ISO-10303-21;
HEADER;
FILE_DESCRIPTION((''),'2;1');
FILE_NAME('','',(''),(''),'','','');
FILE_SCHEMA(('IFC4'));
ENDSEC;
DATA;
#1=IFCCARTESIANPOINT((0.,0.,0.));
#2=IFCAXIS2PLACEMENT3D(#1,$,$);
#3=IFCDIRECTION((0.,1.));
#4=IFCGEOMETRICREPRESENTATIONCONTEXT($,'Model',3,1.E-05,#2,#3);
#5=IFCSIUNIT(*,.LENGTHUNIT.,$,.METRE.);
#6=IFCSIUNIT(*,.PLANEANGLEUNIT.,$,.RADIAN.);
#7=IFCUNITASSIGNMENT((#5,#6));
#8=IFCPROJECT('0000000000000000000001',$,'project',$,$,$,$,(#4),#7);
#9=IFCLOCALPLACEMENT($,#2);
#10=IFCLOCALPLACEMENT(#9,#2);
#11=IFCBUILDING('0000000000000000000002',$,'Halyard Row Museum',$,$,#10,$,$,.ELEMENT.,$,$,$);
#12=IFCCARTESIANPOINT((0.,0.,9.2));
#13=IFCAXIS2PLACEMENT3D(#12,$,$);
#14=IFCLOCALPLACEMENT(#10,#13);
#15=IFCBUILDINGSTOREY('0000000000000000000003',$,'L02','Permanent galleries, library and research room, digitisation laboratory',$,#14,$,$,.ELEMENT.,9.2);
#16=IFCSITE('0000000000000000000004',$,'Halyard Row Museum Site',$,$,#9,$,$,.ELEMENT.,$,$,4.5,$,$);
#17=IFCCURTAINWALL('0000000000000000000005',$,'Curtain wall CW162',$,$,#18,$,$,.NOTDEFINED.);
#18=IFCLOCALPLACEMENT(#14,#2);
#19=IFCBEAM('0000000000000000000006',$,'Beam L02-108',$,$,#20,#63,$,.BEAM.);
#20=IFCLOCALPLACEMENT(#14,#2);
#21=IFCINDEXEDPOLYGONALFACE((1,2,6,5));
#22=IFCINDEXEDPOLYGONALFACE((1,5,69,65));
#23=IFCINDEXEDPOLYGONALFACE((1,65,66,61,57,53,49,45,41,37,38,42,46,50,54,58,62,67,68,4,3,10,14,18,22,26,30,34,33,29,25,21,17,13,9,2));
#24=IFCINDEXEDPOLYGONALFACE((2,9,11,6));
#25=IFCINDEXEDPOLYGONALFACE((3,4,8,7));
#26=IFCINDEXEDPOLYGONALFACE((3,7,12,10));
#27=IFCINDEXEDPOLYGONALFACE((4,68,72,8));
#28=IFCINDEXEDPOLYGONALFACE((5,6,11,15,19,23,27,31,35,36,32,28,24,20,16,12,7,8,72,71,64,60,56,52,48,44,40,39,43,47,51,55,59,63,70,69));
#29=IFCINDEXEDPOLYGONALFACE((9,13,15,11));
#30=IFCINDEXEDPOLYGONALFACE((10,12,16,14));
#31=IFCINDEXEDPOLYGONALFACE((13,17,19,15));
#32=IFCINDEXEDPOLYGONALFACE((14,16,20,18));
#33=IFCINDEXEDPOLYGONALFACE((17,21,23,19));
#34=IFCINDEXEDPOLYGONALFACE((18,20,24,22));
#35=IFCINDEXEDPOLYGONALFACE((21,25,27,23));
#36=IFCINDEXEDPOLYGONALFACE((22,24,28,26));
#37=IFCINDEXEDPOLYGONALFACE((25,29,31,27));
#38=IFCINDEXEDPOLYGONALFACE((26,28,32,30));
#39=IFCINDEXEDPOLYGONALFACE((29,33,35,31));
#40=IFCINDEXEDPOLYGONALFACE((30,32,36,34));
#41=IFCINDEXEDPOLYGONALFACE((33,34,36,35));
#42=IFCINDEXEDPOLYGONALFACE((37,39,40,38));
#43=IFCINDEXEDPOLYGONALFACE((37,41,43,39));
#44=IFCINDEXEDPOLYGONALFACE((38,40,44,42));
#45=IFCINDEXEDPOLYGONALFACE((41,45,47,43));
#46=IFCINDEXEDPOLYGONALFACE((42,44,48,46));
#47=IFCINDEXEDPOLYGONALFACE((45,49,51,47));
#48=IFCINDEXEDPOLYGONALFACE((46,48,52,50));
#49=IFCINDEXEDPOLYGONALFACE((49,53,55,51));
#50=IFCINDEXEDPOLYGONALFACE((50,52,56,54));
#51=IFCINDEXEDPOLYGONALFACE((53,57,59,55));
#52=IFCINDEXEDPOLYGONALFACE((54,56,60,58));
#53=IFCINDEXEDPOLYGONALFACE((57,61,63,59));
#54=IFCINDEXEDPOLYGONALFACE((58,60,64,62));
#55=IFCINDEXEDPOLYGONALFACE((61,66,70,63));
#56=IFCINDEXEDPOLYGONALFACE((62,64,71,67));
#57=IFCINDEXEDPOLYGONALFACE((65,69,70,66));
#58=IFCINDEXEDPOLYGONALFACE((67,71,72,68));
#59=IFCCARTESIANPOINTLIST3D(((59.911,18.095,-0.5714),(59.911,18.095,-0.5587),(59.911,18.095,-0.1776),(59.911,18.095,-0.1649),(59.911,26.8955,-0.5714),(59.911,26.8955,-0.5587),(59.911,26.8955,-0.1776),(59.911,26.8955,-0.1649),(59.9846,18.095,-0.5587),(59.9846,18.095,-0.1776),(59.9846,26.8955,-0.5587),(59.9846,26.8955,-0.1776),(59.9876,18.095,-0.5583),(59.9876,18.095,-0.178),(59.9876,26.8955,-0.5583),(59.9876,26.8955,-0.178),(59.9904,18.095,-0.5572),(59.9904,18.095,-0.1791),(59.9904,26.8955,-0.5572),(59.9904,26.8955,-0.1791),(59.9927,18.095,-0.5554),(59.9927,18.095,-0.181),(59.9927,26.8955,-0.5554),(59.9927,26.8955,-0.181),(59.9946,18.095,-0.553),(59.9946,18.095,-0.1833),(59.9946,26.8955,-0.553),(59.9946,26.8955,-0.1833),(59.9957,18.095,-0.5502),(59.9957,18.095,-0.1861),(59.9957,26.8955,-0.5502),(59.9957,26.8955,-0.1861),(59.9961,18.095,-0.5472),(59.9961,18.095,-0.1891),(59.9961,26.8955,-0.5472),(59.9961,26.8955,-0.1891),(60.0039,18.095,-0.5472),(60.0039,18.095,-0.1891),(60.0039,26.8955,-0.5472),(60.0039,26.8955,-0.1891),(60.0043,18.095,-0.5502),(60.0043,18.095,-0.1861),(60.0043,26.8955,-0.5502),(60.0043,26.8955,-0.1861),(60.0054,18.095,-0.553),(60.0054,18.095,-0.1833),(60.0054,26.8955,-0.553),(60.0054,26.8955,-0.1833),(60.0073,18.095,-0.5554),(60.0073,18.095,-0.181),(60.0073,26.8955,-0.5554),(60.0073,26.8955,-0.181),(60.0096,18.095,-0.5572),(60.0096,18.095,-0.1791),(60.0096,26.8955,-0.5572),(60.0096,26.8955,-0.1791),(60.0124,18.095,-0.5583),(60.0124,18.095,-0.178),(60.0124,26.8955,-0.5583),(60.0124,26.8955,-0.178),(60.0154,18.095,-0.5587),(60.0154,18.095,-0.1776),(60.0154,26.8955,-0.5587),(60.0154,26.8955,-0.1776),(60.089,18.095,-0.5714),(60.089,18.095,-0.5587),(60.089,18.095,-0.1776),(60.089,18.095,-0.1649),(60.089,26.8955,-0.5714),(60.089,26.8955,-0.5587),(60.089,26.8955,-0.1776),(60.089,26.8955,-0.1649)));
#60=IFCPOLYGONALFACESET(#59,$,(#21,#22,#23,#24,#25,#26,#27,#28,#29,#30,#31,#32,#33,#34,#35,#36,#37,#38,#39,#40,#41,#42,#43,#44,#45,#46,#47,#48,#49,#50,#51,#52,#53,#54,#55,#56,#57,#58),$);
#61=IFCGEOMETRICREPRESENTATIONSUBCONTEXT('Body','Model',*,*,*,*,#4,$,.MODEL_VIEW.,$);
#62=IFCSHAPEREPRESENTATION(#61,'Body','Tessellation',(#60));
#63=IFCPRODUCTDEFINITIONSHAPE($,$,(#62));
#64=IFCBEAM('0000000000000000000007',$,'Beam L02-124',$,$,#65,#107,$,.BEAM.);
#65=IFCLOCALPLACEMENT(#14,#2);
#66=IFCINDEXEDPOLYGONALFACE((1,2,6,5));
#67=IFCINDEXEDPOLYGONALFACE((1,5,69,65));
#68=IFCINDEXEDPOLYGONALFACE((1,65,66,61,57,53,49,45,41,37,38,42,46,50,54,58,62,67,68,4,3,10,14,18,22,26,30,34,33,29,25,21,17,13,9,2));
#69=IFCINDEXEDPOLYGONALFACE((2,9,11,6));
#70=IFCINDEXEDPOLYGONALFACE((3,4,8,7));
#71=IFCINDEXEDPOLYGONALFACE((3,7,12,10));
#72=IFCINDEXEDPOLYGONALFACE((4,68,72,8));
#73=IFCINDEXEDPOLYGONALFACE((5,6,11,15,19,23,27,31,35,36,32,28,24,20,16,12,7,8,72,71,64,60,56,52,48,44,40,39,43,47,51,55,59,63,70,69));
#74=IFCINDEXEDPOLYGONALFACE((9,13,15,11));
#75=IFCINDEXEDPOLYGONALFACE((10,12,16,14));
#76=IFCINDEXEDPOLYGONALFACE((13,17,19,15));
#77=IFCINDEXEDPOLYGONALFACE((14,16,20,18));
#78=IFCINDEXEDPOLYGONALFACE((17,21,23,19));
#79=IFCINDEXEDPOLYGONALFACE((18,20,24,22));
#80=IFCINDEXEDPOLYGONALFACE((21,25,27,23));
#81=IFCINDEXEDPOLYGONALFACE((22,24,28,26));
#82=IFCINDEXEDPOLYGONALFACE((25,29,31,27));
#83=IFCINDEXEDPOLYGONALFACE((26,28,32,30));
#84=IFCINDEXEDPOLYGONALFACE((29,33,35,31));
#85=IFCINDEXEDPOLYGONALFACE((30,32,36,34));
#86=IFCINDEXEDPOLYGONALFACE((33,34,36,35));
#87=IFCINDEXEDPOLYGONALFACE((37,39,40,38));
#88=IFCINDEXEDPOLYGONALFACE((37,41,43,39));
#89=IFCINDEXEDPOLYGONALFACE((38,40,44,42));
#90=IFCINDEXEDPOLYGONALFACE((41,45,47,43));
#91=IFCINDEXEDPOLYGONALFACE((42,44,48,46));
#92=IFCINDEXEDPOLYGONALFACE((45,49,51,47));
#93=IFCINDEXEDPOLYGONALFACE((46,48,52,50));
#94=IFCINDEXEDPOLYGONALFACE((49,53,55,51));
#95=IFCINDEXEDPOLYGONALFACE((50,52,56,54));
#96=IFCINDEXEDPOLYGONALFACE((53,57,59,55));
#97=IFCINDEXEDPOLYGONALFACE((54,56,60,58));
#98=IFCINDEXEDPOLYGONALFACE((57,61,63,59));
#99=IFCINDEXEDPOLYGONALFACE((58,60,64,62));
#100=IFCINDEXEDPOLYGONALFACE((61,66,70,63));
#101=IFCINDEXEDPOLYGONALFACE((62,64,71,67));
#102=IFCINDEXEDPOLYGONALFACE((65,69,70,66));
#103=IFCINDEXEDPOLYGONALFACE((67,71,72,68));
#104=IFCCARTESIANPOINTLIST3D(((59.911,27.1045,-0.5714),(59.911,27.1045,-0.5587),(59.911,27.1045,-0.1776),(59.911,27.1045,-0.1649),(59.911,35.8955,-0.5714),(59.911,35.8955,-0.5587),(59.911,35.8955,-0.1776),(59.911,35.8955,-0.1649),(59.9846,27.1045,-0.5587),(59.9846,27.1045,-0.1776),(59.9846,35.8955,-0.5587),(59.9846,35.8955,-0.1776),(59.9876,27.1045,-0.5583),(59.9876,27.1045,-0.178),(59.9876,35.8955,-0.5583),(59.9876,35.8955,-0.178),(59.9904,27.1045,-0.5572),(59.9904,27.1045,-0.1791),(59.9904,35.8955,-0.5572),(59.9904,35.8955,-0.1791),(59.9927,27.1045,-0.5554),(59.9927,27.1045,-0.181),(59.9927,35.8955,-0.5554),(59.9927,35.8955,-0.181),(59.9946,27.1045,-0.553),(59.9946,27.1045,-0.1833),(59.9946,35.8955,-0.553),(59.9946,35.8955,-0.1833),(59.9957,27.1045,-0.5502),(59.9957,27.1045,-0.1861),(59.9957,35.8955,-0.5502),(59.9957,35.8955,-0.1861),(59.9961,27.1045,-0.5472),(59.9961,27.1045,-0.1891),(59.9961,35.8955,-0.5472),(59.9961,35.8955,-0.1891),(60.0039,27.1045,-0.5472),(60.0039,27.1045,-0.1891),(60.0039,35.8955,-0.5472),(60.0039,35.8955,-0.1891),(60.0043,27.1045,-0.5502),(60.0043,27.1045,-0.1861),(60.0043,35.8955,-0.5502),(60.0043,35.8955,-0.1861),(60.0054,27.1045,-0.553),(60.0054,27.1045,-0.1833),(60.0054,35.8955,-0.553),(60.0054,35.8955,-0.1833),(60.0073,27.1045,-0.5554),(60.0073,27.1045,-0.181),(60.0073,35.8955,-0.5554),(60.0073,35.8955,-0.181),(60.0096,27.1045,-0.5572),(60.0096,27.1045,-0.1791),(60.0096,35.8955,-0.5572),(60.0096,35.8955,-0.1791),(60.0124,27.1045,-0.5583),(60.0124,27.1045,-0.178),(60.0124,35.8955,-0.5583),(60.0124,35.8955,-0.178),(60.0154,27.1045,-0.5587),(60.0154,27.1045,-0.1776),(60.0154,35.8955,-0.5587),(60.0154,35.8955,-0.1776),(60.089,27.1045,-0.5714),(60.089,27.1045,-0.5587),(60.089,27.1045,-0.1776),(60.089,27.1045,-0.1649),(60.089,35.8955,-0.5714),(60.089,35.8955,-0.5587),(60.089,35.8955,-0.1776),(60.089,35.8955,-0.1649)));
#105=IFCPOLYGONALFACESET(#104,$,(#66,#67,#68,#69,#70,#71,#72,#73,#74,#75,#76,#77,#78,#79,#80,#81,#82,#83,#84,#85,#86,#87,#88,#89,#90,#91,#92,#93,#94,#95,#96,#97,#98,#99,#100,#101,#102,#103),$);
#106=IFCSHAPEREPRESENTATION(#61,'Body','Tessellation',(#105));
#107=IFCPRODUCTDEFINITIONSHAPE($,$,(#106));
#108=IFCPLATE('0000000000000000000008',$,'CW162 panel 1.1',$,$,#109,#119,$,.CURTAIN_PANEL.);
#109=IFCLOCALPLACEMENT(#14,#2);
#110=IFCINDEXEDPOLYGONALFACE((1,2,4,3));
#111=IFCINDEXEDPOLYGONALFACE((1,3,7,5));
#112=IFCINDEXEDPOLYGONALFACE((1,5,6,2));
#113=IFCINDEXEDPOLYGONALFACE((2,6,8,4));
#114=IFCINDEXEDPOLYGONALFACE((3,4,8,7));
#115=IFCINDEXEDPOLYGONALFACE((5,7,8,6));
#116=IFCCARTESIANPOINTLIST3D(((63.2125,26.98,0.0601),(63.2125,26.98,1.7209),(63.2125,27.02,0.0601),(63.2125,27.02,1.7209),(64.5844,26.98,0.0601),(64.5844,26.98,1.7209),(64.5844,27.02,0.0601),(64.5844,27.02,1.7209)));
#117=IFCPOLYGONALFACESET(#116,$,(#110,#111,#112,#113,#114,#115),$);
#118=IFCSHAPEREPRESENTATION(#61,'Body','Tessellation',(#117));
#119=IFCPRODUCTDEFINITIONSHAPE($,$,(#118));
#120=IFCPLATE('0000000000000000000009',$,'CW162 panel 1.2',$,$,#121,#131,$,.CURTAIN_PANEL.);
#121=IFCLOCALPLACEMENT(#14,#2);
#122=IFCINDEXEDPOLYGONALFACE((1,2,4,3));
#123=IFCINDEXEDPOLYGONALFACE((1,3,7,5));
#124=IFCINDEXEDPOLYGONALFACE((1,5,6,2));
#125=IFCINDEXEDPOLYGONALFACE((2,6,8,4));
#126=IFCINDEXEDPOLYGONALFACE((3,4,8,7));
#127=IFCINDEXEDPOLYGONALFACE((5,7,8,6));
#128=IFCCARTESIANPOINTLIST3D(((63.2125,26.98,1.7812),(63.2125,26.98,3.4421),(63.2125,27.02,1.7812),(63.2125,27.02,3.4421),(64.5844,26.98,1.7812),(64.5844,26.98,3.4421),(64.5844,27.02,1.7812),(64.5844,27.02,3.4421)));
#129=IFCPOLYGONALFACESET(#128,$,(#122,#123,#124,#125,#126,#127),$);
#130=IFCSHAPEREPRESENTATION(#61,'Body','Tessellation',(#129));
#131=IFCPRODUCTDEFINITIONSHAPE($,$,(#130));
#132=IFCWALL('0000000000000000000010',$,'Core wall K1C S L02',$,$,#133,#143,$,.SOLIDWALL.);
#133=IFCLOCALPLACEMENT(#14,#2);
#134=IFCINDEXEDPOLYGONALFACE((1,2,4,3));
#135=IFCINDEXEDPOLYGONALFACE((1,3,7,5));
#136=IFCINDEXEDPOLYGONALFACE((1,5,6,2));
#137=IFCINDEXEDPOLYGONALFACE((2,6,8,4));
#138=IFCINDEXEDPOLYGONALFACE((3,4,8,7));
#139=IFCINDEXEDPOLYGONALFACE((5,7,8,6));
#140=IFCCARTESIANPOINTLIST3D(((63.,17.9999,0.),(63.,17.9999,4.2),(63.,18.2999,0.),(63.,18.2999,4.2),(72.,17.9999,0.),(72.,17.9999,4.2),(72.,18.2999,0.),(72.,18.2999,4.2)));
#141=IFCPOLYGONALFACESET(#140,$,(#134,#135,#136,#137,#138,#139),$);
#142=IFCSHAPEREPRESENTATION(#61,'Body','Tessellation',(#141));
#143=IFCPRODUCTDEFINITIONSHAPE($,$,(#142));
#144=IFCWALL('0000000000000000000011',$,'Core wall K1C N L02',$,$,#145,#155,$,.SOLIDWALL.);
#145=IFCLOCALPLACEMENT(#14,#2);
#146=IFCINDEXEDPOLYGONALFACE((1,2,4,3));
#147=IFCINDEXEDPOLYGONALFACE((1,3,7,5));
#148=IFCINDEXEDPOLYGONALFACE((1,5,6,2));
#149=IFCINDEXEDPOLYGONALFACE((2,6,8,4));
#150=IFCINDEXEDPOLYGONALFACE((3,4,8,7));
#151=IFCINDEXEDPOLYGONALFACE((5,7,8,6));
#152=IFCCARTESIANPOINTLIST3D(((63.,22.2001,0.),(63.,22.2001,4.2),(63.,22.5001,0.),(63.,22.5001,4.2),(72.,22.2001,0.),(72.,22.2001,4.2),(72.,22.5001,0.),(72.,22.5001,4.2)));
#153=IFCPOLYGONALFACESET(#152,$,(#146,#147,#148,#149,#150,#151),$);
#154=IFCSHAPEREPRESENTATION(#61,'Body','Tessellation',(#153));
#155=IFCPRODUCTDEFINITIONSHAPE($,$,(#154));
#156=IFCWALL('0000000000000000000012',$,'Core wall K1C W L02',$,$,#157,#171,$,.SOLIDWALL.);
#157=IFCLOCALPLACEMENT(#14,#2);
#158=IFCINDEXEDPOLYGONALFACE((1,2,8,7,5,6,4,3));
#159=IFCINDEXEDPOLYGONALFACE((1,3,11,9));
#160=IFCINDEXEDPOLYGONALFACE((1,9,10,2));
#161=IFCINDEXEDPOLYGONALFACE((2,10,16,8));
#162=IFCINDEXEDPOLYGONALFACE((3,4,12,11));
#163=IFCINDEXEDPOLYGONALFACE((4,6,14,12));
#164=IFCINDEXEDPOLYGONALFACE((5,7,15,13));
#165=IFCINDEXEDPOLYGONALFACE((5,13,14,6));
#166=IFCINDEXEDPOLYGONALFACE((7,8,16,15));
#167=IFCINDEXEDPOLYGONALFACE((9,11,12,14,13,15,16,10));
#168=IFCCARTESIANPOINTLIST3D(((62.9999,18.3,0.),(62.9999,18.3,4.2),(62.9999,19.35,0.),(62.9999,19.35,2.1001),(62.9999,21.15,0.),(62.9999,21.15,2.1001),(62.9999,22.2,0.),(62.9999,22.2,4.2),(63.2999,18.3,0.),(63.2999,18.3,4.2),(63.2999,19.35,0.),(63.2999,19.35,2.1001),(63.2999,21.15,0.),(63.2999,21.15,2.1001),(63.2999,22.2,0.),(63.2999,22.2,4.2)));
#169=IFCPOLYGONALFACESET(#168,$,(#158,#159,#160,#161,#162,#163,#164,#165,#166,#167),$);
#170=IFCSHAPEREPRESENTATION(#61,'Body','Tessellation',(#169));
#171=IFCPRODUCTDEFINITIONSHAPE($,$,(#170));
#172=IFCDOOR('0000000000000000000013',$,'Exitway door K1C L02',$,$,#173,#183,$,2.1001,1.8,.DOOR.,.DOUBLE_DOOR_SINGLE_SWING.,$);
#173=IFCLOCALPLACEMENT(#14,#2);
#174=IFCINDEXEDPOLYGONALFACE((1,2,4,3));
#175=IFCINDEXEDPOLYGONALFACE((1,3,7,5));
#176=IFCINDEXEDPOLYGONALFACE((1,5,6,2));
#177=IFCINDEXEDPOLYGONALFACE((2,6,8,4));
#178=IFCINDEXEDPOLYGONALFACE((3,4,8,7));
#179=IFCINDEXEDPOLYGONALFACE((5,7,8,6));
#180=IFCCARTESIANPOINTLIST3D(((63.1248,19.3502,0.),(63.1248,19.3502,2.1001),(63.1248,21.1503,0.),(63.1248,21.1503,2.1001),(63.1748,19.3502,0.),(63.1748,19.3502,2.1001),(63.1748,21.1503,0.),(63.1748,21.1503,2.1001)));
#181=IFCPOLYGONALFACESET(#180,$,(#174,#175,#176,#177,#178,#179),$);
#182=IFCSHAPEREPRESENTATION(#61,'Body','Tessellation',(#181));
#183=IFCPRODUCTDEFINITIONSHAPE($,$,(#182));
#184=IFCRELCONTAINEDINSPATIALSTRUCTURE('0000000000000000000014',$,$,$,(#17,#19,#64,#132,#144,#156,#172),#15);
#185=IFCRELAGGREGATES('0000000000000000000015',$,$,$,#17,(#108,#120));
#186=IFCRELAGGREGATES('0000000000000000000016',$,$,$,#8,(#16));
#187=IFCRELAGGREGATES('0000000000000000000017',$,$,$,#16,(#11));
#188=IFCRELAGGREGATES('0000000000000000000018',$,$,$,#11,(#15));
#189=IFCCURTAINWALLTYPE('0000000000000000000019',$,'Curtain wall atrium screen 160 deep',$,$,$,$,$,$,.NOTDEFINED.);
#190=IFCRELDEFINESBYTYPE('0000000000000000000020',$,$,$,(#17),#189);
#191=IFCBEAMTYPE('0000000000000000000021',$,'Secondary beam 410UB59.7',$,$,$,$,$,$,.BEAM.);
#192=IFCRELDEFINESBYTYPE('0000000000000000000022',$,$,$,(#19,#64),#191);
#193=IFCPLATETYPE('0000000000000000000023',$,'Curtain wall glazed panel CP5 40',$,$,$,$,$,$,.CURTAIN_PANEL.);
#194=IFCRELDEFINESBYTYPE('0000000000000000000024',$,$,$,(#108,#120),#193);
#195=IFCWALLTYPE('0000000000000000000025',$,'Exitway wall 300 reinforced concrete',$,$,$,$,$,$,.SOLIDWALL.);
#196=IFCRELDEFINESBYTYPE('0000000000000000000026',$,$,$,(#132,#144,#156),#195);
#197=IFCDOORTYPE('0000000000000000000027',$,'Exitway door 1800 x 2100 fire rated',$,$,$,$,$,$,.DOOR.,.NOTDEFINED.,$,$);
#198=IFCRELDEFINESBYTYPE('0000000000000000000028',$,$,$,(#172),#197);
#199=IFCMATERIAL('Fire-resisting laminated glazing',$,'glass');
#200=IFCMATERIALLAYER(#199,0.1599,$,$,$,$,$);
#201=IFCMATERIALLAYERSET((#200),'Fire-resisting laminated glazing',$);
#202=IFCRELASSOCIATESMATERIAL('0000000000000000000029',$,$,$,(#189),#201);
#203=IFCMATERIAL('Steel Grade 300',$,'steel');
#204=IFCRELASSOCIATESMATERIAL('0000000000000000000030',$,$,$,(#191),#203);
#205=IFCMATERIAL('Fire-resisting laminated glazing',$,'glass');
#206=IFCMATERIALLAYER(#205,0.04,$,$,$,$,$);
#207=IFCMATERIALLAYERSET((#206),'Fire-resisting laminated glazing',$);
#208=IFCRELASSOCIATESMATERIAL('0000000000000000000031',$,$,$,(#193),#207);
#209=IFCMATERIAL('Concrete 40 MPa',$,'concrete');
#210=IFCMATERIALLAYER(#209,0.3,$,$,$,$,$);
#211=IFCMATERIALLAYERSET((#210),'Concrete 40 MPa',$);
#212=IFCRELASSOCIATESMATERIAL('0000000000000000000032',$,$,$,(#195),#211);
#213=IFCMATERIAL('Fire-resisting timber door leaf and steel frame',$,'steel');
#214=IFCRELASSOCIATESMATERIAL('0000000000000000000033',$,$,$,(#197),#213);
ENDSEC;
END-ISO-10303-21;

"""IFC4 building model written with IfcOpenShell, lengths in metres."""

from ifc_helpers import new_model, si_unit, direction, frame, frame_2d, origin, origin_2d, place, context, subcontext, project, spatial, rectangle, i_section, extrude, material, layer, layer_set, material_profile, profile_set, type_object, element, fill, aggregate, save


model = new_model("IFC4")

# Units and contexts
model_context = context("Model", 3, precision=1e-05, world=origin(), true_north=direction((0.0, 1.0)))
body_context = subcontext(model_context, "Body", "Model", "MODEL_VIEW")
ifc_project = project(units=[si_unit("LENGTHUNIT", "METRE"), si_unit("PLANEANGLEUNIT", "RADIAN")], contexts=[model_context])

# Site, building, storey
site_placement = place(None, origin())
site = spatial("IfcSite", under=ifc_project, at=site_placement, Name="Halyard Row Museum Site", CompositionType="ELEMENT", RefElevation=4.5)
building_placement = place(site_placement, origin())
building = spatial("IfcBuilding", under=site, at=building_placement, Name="Halyard Row Museum", CompositionType="ELEMENT")
storey_placement = place(building_placement, frame((0.0, 0.0, 9.2)))
storey = spatial("IfcBuildingStorey", under=building, at=storey_placement, Name="L02", Description="Permanent galleries, library and research room, digitisation laboratory", CompositionType="ELEMENT", Elevation=9.2)

# Curtain wall
ifc_material_1 = material(Name="Fire-resisting laminated glazing", Category="glass")
ifc_layer_1 = layer(ifc_material_1, 0.1599)
ifc_layer_set_1 = layer_set([ifc_layer_1], Name="Fire-resisting laminated glazing")
curtain_wall_type = type_object("IfcCurtainWallType", Name="Curtain wall atrium screen 160 deep", PredefinedType="NOTDEFINED", material=ifc_layer_set_1)
curtain_wall_1_placement = place(storey_placement, origin())
curtain_wall_1 = element("IfcCurtainWall", 1, at=curtain_wall_1_placement, inside=storey, type_object=curtain_wall_type, Name="Curtain wall CW162", PredefinedType="NOTDEFINED")

# Beams
ifc_material_2 = material(Name="Steel Grade 300", Category="steel")
ifc_material_profile_1 = material_profile(ifc_material_2, i_section(OverallWidth=0.178, OverallDepth=0.4065, WebThickness=0.0078, FlangeThickness=0.0127, FilletRadius=0.0115, at=origin_2d()), Name="410UB59.7")
ifc_profile_set_1 = profile_set([ifc_material_profile_1], Name="Steel Grade 300")
beam_type_1 = type_object("IfcBeamType", Name="Secondary beam 410UB59.7", PredefinedType="BEAM", material=ifc_profile_set_1)
beam_1_placement = place(storey_placement, frame((60.0, 18.095, -0.3682), z_axis=(0.0, 1.0, 0.0), x_axis=(-1.0, 0.0, 0.0)))
element("IfcBeam", 2, at=beam_1_placement, inside=storey, type_object=beam_type_1, Name="Beam L02-108", PredefinedType="BEAM", context=body_context, shape_type="SweptSolid", body=[
    extrude(i_section(OverallWidth=0.178, OverallDepth=0.4065, WebThickness=0.0078, FlangeThickness=0.0127, FilletRadius=0.0115, at=origin_2d()), origin(), (0.0, 0.0, 1.0), 8.8005),
])
beam_2_placement = place(storey_placement, frame((60.0, 27.1045, -0.3682), z_axis=(0.0, 1.0, 0.0), x_axis=(-1.0, 0.0, 0.0)))
element("IfcBeam", 3, at=beam_2_placement, inside=storey, type_object=beam_type_1, Name="Beam L02-124", PredefinedType="BEAM", context=body_context, shape_type="SweptSolid", body=[
    extrude(i_section(OverallWidth=0.178, OverallDepth=0.4065, WebThickness=0.0078, FlangeThickness=0.0127, FilletRadius=0.0115, at=origin_2d()), origin(), (0.0, 0.0, 1.0), 8.791),
])

# Plates
ifc_material_3 = material(Name="Fire-resisting laminated glazing", Category="glass")
ifc_layer_2 = layer(ifc_material_3, 0.04)
ifc_layer_set_2 = layer_set([ifc_layer_2], Name="Fire-resisting laminated glazing")
plate_type = type_object("IfcPlateType", Name="Curtain wall glazed panel CP5 40", PredefinedType="CURTAIN_PANEL", material=ifc_layer_set_2)
plate_1_placement = place(storey_placement, frame((63.8984, 27.0, 0.0601), z_axis=(0.0, 0.0, 1.0), x_axis=(1.0, 0.0, 0.0)))
plate_1 = element("IfcPlate", 4, at=plate_1_placement, type_object=plate_type, Name="CW162 panel 1.1", PredefinedType="CURTAIN_PANEL", context=body_context, shape_type="SweptSolid", body=[
    extrude(rectangle(XDim=1.3718, YDim=0.04, at=origin_2d()), origin(), (0.0, 0.0, 1.0), 1.6609),
])
plate_2_placement = place(storey_placement, frame((63.8984, 27.0, 1.7812), z_axis=(0.0, 0.0, 1.0), x_axis=(1.0, 0.0, 0.0)))
plate_2 = element("IfcPlate", 5, at=plate_2_placement, type_object=plate_type, Name="CW162 panel 1.2", PredefinedType="CURTAIN_PANEL", context=body_context, shape_type="SweptSolid", body=[
    extrude(rectangle(XDim=1.3718, YDim=0.04, at=origin_2d()), origin(), (0.0, 0.0, 1.0), 1.6609),
])
aggregate(curtain_wall_1, [plate_1, plate_2])

# Walls
ifc_material_4 = material(Name="Concrete 40 MPa", Category="concrete")
ifc_layer_3 = layer(ifc_material_4, 0.3)
ifc_layer_set_3 = layer_set([ifc_layer_3], Name="Concrete 40 MPa")
wall_type = type_object("IfcWallType", Name="Exitway wall 300 reinforced concrete", PredefinedType="SOLIDWALL", material=ifc_layer_set_3)
for number, where, z_axis, x_axis, name in (
    (6, (63.0, 18.1499, 0.0), (0.0, 0.0, 1.0), (1.0, 0.0, 0.0), "Core wall K1C S L02"),
    (7, (63.0, 22.3501, 0.0), (0.0, 0.0, 1.0), (1.0, 0.0, 0.0), "Core wall K1C N L02"),
):
    element("IfcWall", number, at=place(storey_placement, frame(where, z_axis=z_axis, x_axis=x_axis)), inside=storey, type_object=wall_type, Name=name, PredefinedType="SOLIDWALL", context=body_context, shape_type="SweptSolid", body=[
        extrude(rectangle(XDim=9.0, YDim=0.3, at=frame_2d((4.5, 0.0))), origin(), (0.0, 0.0, 1.0), 4.2),
    ])

# Wall, opening, door
wall_placement = place(storey_placement, frame((63.1499, 18.3, 0.0), z_axis=(0.0, 0.0, 1.0), x_axis=(0.0, 1.0, 0.0)))
wall = element("IfcWall", 8, at=wall_placement, inside=storey, type_object=wall_type, Name="Core wall K1C W L02", PredefinedType="SOLIDWALL", context=body_context, shape_type="SweptSolid", body=[
    extrude(rectangle(XDim=3.8999, YDim=0.3, at=frame_2d((1.95, 0.0))), origin(), (0.0, 0.0, 1.0), 4.2),
])
opening_placement = place(wall_placement, frame((1.05, 0.0, 0.0)))
opening = element("IfcOpeningElement", 9, at=opening_placement, cuts=wall, PredefinedType="OPENING", context=body_context, shape_type="SweptSolid", body=[
    extrude(rectangle(XDim=1.8, YDim=2.1001, at=frame_2d((0.8999, 1.05))), frame((0.0, 0.1599, 0.0), z_axis=(0.0, -1.0, 0.0), x_axis=(1.0, 0.0, 0.0)), (0.0, 0.0, 1.0), 0.3201),
])
ifc_material_5 = material(Name="Fire-resisting timber door leaf and steel frame", Category="steel")
door_type = type_object("IfcDoorType", Name="Exitway door 1800 x 2100 fire rated", OperationType="NOTDEFINED", PredefinedType="DOOR", material=ifc_material_5)
door_placement = place(opening_placement, frame((1.8, 0.0, 0.0), z_axis=(0.0, 0.0, 1.0), x_axis=(-1.0, 0.0, 0.0)))
door = element("IfcDoor", 10, at=door_placement, inside=storey, type_object=door_type, Name="Exitway door K1C L02", OperationType="DOUBLE_DOOR_SINGLE_SWING", OverallHeight=2.1001, OverallWidth=1.8, PredefinedType="DOOR", context=body_context, shape_type="SweptSolid", body=[
    extrude(rectangle(XDim=1.8, YDim=2.1001, at=frame_2d((0.8999, 1.05))), frame((0.0, 0.0249, 0.0), z_axis=(0.0, -1.0, 0.0), x_axis=(1.0, 0.0, 0.0)), (0.0, 0.0, 1.0), 0.05),
])
fill(opening, door)

save(model, "model.ifc")
